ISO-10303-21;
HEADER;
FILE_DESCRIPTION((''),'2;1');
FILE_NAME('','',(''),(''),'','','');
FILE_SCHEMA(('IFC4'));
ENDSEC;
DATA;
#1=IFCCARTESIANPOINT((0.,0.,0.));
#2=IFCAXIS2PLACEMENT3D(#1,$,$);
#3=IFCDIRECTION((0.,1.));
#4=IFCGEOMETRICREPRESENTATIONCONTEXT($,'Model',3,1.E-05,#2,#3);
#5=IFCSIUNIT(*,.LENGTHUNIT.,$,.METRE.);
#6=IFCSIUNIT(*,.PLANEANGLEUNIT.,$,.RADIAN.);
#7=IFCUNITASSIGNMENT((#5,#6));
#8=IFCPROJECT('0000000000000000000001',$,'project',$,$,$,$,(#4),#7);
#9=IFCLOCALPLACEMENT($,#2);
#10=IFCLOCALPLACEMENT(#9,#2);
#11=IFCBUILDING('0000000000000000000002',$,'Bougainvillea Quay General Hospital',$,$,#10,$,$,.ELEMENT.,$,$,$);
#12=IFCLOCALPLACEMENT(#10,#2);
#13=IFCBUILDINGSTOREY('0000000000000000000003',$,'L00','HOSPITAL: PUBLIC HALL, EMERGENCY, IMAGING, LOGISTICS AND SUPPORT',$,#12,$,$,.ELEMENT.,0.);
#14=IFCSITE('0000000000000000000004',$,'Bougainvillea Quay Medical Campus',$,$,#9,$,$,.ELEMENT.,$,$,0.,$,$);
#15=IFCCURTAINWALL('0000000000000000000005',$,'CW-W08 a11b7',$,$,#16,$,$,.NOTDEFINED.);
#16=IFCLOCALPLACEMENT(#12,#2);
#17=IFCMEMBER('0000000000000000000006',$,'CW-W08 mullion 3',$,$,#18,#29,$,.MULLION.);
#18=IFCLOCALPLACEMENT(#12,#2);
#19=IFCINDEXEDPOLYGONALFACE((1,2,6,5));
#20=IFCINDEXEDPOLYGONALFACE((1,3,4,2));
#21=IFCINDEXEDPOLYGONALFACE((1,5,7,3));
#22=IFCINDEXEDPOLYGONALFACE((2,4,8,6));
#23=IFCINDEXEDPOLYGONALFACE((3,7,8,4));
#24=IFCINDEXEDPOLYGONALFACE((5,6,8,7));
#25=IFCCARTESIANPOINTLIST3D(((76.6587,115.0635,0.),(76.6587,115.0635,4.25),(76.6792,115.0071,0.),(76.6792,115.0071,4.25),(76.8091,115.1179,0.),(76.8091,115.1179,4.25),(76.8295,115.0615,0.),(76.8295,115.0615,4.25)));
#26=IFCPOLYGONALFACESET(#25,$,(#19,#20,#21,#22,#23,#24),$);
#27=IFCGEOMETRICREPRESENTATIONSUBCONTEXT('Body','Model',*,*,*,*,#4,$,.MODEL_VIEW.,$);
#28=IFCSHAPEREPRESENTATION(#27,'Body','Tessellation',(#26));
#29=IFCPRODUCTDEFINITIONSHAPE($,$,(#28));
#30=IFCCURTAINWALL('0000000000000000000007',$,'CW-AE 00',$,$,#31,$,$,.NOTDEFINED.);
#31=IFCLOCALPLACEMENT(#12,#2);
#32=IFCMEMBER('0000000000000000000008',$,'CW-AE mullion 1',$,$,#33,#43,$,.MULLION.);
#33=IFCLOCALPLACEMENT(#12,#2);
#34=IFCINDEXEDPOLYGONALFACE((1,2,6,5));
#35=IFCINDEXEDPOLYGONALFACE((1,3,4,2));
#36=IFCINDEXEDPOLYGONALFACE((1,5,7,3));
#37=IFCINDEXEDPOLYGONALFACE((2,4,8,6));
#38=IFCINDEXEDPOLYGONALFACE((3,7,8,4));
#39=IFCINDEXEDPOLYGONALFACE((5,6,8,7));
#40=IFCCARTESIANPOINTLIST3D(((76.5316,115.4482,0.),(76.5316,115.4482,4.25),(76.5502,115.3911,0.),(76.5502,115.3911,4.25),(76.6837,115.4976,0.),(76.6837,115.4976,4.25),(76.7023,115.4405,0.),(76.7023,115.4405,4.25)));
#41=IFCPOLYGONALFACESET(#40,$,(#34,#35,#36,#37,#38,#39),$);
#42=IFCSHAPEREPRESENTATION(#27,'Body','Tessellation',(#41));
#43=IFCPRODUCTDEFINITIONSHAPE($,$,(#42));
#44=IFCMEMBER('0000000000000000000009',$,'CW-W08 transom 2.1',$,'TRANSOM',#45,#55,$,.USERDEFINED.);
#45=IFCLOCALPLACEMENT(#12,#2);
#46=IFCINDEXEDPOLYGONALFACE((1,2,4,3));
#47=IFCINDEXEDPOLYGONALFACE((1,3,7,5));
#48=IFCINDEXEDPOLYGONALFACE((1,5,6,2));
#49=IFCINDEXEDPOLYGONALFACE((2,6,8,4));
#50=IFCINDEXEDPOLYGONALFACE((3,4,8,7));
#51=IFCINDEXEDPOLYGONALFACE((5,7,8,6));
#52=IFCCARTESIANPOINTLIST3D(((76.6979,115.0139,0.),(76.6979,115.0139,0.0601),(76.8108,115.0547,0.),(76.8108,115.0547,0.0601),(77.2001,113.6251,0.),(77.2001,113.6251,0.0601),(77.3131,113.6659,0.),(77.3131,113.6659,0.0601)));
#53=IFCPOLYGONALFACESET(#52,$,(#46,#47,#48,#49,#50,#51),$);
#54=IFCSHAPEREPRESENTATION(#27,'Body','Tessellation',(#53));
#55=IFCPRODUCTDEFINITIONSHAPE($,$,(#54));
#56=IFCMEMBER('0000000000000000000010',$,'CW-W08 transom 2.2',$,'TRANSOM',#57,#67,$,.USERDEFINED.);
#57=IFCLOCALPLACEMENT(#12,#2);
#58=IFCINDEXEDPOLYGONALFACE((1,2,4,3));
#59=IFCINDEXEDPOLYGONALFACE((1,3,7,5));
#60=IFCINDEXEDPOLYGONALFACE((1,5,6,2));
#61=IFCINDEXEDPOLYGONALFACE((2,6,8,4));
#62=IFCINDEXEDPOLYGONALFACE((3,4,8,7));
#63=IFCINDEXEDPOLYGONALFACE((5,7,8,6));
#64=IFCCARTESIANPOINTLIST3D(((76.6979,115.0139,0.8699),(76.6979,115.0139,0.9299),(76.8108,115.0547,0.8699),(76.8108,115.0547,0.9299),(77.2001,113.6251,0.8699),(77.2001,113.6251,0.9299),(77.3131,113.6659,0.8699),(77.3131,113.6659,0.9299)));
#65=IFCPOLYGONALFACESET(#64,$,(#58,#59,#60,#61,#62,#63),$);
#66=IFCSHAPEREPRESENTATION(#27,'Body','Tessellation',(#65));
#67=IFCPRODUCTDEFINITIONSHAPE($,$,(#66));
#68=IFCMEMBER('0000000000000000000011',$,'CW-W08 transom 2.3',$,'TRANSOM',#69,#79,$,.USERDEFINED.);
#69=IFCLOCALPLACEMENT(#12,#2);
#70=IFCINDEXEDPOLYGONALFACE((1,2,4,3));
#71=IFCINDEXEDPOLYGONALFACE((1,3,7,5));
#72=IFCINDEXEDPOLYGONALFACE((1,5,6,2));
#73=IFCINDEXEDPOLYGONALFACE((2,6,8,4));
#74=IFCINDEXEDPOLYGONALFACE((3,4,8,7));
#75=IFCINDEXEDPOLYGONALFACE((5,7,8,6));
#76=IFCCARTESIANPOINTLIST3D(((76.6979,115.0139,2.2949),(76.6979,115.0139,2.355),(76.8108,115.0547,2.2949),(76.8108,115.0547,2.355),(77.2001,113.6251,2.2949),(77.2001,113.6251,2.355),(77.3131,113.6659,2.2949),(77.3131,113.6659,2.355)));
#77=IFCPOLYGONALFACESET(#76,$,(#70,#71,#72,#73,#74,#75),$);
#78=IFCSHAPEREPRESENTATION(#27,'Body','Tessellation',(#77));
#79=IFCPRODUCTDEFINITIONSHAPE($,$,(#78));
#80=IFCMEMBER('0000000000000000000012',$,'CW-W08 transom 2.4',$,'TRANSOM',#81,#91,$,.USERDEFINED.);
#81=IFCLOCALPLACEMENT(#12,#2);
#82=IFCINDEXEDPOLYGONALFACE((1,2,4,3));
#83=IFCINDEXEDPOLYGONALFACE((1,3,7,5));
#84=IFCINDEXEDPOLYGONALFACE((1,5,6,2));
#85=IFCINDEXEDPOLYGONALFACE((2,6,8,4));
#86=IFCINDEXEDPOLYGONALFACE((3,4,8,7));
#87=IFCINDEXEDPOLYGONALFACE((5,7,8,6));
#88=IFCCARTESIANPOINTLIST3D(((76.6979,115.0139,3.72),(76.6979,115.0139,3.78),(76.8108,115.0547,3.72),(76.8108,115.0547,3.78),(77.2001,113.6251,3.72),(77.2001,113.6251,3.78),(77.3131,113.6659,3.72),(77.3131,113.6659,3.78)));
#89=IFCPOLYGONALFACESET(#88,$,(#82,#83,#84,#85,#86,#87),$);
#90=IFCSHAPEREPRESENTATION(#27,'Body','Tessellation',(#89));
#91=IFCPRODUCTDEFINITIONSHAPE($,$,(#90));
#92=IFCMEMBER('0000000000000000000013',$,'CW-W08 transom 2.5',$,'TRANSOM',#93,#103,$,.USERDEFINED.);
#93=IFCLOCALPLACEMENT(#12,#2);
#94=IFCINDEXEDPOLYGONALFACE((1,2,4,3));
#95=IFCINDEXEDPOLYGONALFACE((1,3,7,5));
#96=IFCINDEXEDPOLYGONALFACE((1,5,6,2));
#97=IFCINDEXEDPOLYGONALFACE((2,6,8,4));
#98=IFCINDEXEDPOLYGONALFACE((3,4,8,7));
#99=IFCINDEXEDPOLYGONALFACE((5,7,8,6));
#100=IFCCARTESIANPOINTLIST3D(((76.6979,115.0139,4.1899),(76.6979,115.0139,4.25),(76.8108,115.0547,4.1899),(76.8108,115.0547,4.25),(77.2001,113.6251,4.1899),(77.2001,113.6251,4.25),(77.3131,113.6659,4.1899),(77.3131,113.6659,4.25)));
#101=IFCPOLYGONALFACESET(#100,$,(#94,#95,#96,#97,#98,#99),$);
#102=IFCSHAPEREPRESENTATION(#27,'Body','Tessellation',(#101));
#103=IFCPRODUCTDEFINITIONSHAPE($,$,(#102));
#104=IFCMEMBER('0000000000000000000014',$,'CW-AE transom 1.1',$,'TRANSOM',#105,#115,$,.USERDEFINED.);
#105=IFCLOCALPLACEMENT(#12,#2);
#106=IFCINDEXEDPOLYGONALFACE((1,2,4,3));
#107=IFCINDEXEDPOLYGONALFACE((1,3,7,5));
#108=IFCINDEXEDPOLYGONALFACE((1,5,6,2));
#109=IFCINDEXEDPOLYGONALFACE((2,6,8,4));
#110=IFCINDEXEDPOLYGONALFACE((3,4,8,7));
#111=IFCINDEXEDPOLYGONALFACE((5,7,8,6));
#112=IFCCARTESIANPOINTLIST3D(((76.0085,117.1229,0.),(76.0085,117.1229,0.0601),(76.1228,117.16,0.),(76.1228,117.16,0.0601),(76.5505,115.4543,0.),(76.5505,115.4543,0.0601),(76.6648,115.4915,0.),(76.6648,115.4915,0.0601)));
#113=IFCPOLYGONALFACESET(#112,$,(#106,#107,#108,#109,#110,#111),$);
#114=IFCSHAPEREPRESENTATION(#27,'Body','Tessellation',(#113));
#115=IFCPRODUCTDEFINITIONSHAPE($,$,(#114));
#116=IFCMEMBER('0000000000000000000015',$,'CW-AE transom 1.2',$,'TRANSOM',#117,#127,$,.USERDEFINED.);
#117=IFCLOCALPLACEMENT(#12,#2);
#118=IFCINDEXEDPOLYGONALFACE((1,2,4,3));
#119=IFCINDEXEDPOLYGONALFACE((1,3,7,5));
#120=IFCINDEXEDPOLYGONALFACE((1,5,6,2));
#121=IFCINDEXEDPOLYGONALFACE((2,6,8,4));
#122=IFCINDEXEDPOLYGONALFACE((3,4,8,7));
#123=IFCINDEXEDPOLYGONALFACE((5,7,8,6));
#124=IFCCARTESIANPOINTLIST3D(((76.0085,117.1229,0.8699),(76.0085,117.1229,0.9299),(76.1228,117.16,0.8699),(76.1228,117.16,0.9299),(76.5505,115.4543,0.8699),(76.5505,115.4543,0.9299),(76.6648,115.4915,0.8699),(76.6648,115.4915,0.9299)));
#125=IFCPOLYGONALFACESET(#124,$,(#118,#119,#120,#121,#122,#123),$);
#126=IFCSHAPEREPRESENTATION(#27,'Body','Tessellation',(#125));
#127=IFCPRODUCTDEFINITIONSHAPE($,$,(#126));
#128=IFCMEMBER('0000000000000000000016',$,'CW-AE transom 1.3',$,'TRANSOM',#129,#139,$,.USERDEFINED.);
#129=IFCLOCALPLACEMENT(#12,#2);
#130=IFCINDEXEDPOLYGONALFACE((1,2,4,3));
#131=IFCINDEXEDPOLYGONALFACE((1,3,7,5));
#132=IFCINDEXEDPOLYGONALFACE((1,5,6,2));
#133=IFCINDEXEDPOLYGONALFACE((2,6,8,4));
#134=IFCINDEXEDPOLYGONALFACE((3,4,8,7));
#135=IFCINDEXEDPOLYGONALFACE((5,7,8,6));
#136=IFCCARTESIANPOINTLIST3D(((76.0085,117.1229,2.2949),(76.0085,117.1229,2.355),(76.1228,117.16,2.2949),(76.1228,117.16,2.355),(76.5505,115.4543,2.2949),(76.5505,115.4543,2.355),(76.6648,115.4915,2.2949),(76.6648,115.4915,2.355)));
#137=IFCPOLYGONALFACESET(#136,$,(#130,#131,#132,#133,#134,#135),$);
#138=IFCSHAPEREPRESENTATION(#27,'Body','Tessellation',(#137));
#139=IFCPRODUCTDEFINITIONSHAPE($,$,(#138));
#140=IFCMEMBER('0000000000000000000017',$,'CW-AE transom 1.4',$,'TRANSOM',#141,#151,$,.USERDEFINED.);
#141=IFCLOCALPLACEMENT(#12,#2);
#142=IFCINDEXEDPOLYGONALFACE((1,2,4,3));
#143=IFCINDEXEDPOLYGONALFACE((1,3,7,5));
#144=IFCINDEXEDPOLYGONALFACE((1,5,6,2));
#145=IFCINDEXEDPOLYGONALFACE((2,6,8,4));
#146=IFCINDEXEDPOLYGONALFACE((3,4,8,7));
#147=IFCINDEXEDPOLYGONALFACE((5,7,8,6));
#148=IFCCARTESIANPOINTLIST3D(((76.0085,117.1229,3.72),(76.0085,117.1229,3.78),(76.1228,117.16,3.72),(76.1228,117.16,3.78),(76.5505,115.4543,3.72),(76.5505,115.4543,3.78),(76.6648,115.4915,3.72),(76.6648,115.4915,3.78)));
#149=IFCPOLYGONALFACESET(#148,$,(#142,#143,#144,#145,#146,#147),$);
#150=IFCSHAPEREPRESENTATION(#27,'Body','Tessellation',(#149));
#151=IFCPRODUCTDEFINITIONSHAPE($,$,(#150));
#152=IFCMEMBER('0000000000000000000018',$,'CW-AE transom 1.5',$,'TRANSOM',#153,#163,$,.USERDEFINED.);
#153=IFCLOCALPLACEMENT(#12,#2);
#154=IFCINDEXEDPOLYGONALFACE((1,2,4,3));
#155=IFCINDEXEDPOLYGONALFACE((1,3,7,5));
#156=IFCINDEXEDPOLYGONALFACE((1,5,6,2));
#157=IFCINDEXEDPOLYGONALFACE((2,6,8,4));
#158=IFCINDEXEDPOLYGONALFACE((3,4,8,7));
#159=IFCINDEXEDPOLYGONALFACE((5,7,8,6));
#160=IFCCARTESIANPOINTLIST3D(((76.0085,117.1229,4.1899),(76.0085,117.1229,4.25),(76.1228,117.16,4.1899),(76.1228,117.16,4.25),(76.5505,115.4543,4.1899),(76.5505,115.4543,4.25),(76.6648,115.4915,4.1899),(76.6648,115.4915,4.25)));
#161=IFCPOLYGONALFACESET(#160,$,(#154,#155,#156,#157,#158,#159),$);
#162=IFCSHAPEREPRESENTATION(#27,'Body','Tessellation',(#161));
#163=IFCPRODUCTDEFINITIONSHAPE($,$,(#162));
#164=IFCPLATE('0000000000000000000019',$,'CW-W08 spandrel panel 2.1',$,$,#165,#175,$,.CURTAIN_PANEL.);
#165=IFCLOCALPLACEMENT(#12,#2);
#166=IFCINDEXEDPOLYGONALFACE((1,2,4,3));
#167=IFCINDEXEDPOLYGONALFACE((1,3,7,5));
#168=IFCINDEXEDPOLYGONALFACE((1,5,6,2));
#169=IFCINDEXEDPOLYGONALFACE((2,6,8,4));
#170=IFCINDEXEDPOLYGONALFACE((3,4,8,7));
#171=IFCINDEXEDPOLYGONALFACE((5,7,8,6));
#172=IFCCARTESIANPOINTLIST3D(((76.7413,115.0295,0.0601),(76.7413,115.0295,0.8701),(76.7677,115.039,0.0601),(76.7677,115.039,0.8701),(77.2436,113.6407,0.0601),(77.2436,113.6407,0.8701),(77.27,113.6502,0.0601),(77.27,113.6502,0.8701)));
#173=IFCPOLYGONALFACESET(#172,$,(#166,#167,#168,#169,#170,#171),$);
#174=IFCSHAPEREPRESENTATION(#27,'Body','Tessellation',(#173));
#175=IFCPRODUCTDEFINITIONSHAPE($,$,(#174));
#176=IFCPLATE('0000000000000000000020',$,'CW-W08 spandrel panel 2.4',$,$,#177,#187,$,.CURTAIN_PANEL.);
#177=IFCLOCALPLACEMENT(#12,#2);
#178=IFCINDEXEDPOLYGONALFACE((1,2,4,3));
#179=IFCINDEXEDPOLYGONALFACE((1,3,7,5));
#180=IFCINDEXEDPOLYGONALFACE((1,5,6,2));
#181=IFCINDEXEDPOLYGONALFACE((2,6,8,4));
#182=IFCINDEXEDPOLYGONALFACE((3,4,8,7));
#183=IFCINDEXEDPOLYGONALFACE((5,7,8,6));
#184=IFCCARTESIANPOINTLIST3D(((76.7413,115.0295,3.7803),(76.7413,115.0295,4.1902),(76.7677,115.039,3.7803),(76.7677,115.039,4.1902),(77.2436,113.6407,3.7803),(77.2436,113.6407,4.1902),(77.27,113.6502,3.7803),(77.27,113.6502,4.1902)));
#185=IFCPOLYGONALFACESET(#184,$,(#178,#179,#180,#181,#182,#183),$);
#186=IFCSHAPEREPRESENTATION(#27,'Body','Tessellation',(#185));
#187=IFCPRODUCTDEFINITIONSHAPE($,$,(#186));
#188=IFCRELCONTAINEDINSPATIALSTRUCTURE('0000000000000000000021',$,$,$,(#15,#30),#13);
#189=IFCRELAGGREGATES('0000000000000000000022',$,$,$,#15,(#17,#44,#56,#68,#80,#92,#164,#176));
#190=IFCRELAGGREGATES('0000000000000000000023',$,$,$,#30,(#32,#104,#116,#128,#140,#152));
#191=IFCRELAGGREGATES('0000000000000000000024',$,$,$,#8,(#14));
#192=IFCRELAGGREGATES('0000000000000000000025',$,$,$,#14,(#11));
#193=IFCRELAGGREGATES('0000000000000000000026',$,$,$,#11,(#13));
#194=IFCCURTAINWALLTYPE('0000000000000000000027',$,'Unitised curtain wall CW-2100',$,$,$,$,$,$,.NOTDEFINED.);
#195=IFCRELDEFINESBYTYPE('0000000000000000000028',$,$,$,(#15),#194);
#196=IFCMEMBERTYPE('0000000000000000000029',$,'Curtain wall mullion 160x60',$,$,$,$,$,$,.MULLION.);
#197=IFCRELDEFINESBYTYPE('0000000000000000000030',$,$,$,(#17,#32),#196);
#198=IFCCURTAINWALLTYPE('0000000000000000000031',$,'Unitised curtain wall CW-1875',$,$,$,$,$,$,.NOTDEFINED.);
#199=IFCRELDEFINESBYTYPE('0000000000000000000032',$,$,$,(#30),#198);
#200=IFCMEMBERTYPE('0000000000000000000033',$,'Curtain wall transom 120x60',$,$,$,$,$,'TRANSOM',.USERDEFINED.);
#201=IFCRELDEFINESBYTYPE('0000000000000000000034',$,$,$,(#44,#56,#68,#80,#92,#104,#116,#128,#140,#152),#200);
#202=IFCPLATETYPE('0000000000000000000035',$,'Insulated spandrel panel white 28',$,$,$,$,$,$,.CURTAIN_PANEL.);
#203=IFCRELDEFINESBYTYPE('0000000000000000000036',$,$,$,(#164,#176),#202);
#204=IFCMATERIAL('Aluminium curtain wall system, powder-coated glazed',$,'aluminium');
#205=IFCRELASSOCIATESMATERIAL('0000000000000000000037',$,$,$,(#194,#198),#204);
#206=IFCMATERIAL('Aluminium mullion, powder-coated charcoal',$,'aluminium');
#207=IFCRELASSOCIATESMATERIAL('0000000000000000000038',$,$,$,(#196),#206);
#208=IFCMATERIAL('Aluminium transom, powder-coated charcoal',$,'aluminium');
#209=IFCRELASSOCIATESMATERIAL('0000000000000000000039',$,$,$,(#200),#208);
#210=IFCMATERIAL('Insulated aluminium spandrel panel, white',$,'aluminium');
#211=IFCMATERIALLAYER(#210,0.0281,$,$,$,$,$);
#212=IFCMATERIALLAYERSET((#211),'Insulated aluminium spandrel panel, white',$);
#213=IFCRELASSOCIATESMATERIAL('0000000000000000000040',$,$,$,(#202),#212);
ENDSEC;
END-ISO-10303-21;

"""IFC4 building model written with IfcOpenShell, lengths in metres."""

from ifc_helpers import new_model, si_unit, direction, frame, origin, origin_2d, place, context, subcontext, project, spatial, rectangle, extrude, material, layer, layer_set, material_profile, profile_set, type_object, element, aggregate, save


model = new_model("IFC4")

# Units and contexts
model_context = context("Model", 3, precision=1e-05, world=origin(), true_north=direction((0.0, 1.0)))
body_context = subcontext(model_context, "Body", "Model", "MODEL_VIEW")
ifc_project = project(units=[si_unit("LENGTHUNIT", "METRE"), si_unit("PLANEANGLEUNIT", "RADIAN")], contexts=[model_context])

# Site, building, storey
site_placement = place(None, origin())
site = spatial("IfcSite", under=ifc_project, at=site_placement, Name="Bougainvillea Quay Medical Campus", CompositionType="ELEMENT", RefElevation=0.0)
building_placement = place(site_placement, origin())
building = spatial("IfcBuilding", under=site, at=building_placement, Name="Bougainvillea Quay General Hospital", CompositionType="ELEMENT")
storey_placement = place(building_placement, origin())
storey = spatial("IfcBuildingStorey", under=building, at=storey_placement, Name="L00", Description="HOSPITAL: PUBLIC HALL, EMERGENCY, IMAGING, LOGISTICS AND SUPPORT", CompositionType="ELEMENT", Elevation=0.0)

# Curtain walls, members
ifc_material_1 = material(Name="Aluminium curtain wall system, powder-coated glazed", Category="aluminium")
curtain_wall_type_1 = type_object("IfcCurtainWallType", Name="Unitised curtain wall CW-2100", PredefinedType="NOTDEFINED", material=ifc_material_1)
curtain_wall_1_placement = place(storey_placement, origin())
curtain_wall_1 = element("IfcCurtainWall", 1, at=curtain_wall_1_placement, inside=storey, type_object=curtain_wall_type_1, Name="CW-W08 a11b7", PredefinedType="NOTDEFINED")
ifc_material_2 = material(Name="Aluminium mullion, powder-coated charcoal", Category="aluminium")
ifc_material_profile_1 = material_profile(ifc_material_2, rectangle(XDim=0.1599, YDim=0.0601, at=origin_2d()))
ifc_profile_set_1 = profile_set([ifc_material_profile_1], Name="Aluminium mullion, powder-coated charcoal")
member_type_1 = type_object("IfcMemberType", Name="Curtain wall mullion 160x60", PredefinedType="MULLION", material=ifc_profile_set_1)
member_1_placement = place(storey_placement, frame((76.7441, 115.0625, 0.0), z_axis=(0.0, 0.0, 1.0), x_axis=(-0.940382, -0.34012, 0.0)))
member_1 = element("IfcMember", 2, at=member_1_placement, type_object=member_type_1, Name="CW-W08 mullion 3", PredefinedType="MULLION", context=body_context, shape_type="SweptSolid", body=[
    extrude(rectangle(XDim=0.1599, YDim=0.0601, at=origin_2d()), origin(), (0.0, 0.0, 1.0), 4.25),
])
curtain_wall_type_2 = type_object("IfcCurtainWallType", Name="Unitised curtain wall CW-1875", PredefinedType="NOTDEFINED", material=ifc_material_1)
curtain_wall_2_placement = place(storey_placement, origin())
curtain_wall_2 = element("IfcCurtainWall", 3, at=curtain_wall_2_placement, inside=storey, type_object=curtain_wall_type_2, Name="CW-AE 00", PredefinedType="NOTDEFINED")
member_2_placement = place(storey_placement, frame((76.6169, 115.4443, 0.0), z_axis=(0.0, 0.0, 1.0), x_axis=(-0.951072, -0.308971, 0.0)))
member_2 = element("IfcMember", 4, at=member_2_placement, type_object=member_type_1, Name="CW-AE mullion 1", PredefinedType="MULLION", context=body_context, shape_type="SweptSolid", body=[
    extrude(rectangle(XDim=0.1599, YDim=0.0601, at=origin_2d()), origin(), (0.0, 0.0, 1.0), 4.25),
])

# Members
ifc_material_3 = material(Name="Aluminium transom, powder-coated charcoal", Category="aluminium")
ifc_material_profile_2 = material_profile(ifc_material_3, rectangle(XDim=0.1201, YDim=0.0601, at=origin_2d()))
ifc_profile_set_2 = profile_set([ifc_material_profile_2], Name="Aluminium transom, powder-coated charcoal")
member_type_2 = type_object("IfcMemberType", Name="Curtain wall transom 120x60", ElementType="TRANSOM", PredefinedType="USERDEFINED", material=ifc_profile_set_2)
member_3_placement = place(storey_placement, frame((77.2566, 113.6455, 0.03), z_axis=(-0.340083, 0.940395, 0.0), x_axis=(-0.940395, -0.340083, 0.0)))
member_3 = element("IfcMember", 5, at=member_3_placement, type_object=member_type_2, Name="CW-W08 transom 2.1", ObjectType="TRANSOM", PredefinedType="USERDEFINED", context=body_context, shape_type="SweptSolid", body=[
    extrude(rectangle(XDim=0.1201, YDim=0.0601, at=origin_2d()), origin(), (0.0, 0.0, 1.0), 1.4768),
])
member_4_placement = place(storey_placement, frame((77.2566, 113.6455, 0.8999), z_axis=(-0.340083, 0.940395, 0.0), x_axis=(-0.940395, -0.340083, 0.0)))
member_4 = element("IfcMember", 6, at=member_4_placement, type_object=member_type_2, Name="CW-W08 transom 2.2", ObjectType="TRANSOM", PredefinedType="USERDEFINED", context=body_context, shape_type="SweptSolid", body=[
    extrude(rectangle(XDim=0.1201, YDim=0.0601, at=origin_2d()), origin(), (0.0, 0.0, 1.0), 1.4768),
])
member_5_placement = place(storey_placement, frame((77.2566, 113.6455, 2.325), z_axis=(-0.340083, 0.940395, 0.0), x_axis=(-0.940395, -0.340083, 0.0)))
member_5 = element("IfcMember", 7, at=member_5_placement, type_object=member_type_2, Name="CW-W08 transom 2.3", ObjectType="TRANSOM", PredefinedType="USERDEFINED", context=body_context, shape_type="SweptSolid", body=[
    extrude(rectangle(XDim=0.1201, YDim=0.0601, at=origin_2d()), origin(), (0.0, 0.0, 1.0), 1.4768),
])
member_6_placement = place(storey_placement, frame((77.2566, 113.6455, 3.75), z_axis=(-0.340083, 0.940395, 0.0), x_axis=(-0.940395, -0.340083, 0.0)))
member_6 = element("IfcMember", 8, at=member_6_placement, type_object=member_type_2, Name="CW-W08 transom 2.4", ObjectType="TRANSOM", PredefinedType="USERDEFINED", context=body_context, shape_type="SweptSolid", body=[
    extrude(rectangle(XDim=0.1201, YDim=0.0601, at=origin_2d()), origin(), (0.0, 0.0, 1.0), 1.4768),
])
member_7_placement = place(storey_placement, frame((77.2566, 113.6455, 4.22), z_axis=(-0.340083, 0.940395, 0.0), x_axis=(-0.940395, -0.340083, 0.0)))
member_7 = element("IfcMember", 9, at=member_7_placement, type_object=member_type_2, Name="CW-W08 transom 2.5", ObjectType="TRANSOM", PredefinedType="USERDEFINED", context=body_context, shape_type="SweptSolid", body=[
    extrude(rectangle(XDim=0.1201, YDim=0.0601, at=origin_2d()), origin(), (0.0, 0.0, 1.0), 1.4768),
])
member_8_placement = place(storey_placement, frame((76.6077, 115.4729, 0.03), z_axis=(-0.308954, 0.951077, 0.0), x_axis=(-0.951077, -0.308954, 0.0)))
member_8 = element("IfcMember", 10, at=member_8_placement, type_object=member_type_2, Name="CW-AE transom 1.1", ObjectType="TRANSOM", PredefinedType="USERDEFINED", context=body_context, shape_type="SweptSolid", body=[
    extrude(rectangle(XDim=0.1201, YDim=0.0601, at=origin_2d()), origin(), (0.0, 0.0, 1.0), 1.7544),
])
member_9_placement = place(storey_placement, frame((76.6077, 115.4729, 0.8999), z_axis=(-0.308954, 0.951077, 0.0), x_axis=(-0.951077, -0.308954, 0.0)))
member_9 = element("IfcMember", 11, at=member_9_placement, type_object=member_type_2, Name="CW-AE transom 1.2", ObjectType="TRANSOM", PredefinedType="USERDEFINED", context=body_context, shape_type="SweptSolid", body=[
    extrude(rectangle(XDim=0.1201, YDim=0.0601, at=origin_2d()), origin(), (0.0, 0.0, 1.0), 1.7544),
])
member_10_placement = place(storey_placement, frame((76.6077, 115.4729, 2.325), z_axis=(-0.308954, 0.951077, 0.0), x_axis=(-0.951077, -0.308954, 0.0)))
member_10 = element("IfcMember", 12, at=member_10_placement, type_object=member_type_2, Name="CW-AE transom 1.3", ObjectType="TRANSOM", PredefinedType="USERDEFINED", context=body_context, shape_type="SweptSolid", body=[
    extrude(rectangle(XDim=0.1201, YDim=0.0601, at=origin_2d()), origin(), (0.0, 0.0, 1.0), 1.7544),
])
member_11_placement = place(storey_placement, frame((76.6077, 115.4729, 3.75), z_axis=(-0.308954, 0.951077, 0.0), x_axis=(-0.951077, -0.308954, 0.0)))
member_11 = element("IfcMember", 13, at=member_11_placement, type_object=member_type_2, Name="CW-AE transom 1.4", ObjectType="TRANSOM", PredefinedType="USERDEFINED", context=body_context, shape_type="SweptSolid", body=[
    extrude(rectangle(XDim=0.1201, YDim=0.0601, at=origin_2d()), origin(), (0.0, 0.0, 1.0), 1.7544),
])
member_12_placement = place(storey_placement, frame((76.6077, 115.4729, 4.22), z_axis=(-0.308954, 0.951077, 0.0), x_axis=(-0.951077, -0.308954, 0.0)))
member_12 = element("IfcMember", 14, at=member_12_placement, type_object=member_type_2, Name="CW-AE transom 1.5", ObjectType="TRANSOM", PredefinedType="USERDEFINED", context=body_context, shape_type="SweptSolid", body=[
    extrude(rectangle(XDim=0.1201, YDim=0.0601, at=origin_2d()), origin(), (0.0, 0.0, 1.0), 1.7544),
])

# Plates
ifc_material_4 = material(Name="Insulated aluminium spandrel panel, white", Category="aluminium")
ifc_layer_1 = layer(ifc_material_4, 0.0281)
ifc_layer_set_1 = layer_set([ifc_layer_1], Name="Insulated aluminium spandrel panel, white")
plate_type_1 = type_object("IfcPlateType", Name="Insulated spandrel panel white 28", PredefinedType="CURTAIN_PANEL", material=ifc_layer_set_1)
plate_1_placement = place(storey_placement, frame((77.0056, 114.3398, 0.0601), z_axis=(0.0, 0.0, 1.0), x_axis=(-0.34012, 0.940382, 0.0)))
plate_1 = element("IfcPlate", 15, at=plate_1_placement, type_object=plate_type_1, Name="CW-W08 spandrel panel 2.1", PredefinedType="CURTAIN_PANEL", context=body_context, shape_type="SweptSolid", body=[
    extrude(rectangle(XDim=1.4768, YDim=0.0281, at=origin_2d()), origin(), (0.0, 0.0, 1.0), 0.8101),
])
plate_2_placement = place(storey_placement, frame((77.0056, 114.3398, 3.7803), z_axis=(0.0, 0.0, 1.0), x_axis=(-0.34012, 0.940382, 0.0)))
plate_2 = element("IfcPlate", 16, at=plate_2_placement, type_object=plate_type_1, Name="CW-W08 spandrel panel 2.4", PredefinedType="CURTAIN_PANEL", context=body_context, shape_type="SweptSolid", body=[
    extrude(rectangle(XDim=1.4768, YDim=0.0281, at=origin_2d()), origin(), (0.0, 0.0, 1.0), 0.4099),
])
aggregate(curtain_wall_1, [member_1, member_3, member_4, member_5, member_6, member_7, plate_1, plate_2])
aggregate(curtain_wall_2, [member_2, member_8, member_9, member_10, member_11, member_12])

save(model, "model.ifc")
